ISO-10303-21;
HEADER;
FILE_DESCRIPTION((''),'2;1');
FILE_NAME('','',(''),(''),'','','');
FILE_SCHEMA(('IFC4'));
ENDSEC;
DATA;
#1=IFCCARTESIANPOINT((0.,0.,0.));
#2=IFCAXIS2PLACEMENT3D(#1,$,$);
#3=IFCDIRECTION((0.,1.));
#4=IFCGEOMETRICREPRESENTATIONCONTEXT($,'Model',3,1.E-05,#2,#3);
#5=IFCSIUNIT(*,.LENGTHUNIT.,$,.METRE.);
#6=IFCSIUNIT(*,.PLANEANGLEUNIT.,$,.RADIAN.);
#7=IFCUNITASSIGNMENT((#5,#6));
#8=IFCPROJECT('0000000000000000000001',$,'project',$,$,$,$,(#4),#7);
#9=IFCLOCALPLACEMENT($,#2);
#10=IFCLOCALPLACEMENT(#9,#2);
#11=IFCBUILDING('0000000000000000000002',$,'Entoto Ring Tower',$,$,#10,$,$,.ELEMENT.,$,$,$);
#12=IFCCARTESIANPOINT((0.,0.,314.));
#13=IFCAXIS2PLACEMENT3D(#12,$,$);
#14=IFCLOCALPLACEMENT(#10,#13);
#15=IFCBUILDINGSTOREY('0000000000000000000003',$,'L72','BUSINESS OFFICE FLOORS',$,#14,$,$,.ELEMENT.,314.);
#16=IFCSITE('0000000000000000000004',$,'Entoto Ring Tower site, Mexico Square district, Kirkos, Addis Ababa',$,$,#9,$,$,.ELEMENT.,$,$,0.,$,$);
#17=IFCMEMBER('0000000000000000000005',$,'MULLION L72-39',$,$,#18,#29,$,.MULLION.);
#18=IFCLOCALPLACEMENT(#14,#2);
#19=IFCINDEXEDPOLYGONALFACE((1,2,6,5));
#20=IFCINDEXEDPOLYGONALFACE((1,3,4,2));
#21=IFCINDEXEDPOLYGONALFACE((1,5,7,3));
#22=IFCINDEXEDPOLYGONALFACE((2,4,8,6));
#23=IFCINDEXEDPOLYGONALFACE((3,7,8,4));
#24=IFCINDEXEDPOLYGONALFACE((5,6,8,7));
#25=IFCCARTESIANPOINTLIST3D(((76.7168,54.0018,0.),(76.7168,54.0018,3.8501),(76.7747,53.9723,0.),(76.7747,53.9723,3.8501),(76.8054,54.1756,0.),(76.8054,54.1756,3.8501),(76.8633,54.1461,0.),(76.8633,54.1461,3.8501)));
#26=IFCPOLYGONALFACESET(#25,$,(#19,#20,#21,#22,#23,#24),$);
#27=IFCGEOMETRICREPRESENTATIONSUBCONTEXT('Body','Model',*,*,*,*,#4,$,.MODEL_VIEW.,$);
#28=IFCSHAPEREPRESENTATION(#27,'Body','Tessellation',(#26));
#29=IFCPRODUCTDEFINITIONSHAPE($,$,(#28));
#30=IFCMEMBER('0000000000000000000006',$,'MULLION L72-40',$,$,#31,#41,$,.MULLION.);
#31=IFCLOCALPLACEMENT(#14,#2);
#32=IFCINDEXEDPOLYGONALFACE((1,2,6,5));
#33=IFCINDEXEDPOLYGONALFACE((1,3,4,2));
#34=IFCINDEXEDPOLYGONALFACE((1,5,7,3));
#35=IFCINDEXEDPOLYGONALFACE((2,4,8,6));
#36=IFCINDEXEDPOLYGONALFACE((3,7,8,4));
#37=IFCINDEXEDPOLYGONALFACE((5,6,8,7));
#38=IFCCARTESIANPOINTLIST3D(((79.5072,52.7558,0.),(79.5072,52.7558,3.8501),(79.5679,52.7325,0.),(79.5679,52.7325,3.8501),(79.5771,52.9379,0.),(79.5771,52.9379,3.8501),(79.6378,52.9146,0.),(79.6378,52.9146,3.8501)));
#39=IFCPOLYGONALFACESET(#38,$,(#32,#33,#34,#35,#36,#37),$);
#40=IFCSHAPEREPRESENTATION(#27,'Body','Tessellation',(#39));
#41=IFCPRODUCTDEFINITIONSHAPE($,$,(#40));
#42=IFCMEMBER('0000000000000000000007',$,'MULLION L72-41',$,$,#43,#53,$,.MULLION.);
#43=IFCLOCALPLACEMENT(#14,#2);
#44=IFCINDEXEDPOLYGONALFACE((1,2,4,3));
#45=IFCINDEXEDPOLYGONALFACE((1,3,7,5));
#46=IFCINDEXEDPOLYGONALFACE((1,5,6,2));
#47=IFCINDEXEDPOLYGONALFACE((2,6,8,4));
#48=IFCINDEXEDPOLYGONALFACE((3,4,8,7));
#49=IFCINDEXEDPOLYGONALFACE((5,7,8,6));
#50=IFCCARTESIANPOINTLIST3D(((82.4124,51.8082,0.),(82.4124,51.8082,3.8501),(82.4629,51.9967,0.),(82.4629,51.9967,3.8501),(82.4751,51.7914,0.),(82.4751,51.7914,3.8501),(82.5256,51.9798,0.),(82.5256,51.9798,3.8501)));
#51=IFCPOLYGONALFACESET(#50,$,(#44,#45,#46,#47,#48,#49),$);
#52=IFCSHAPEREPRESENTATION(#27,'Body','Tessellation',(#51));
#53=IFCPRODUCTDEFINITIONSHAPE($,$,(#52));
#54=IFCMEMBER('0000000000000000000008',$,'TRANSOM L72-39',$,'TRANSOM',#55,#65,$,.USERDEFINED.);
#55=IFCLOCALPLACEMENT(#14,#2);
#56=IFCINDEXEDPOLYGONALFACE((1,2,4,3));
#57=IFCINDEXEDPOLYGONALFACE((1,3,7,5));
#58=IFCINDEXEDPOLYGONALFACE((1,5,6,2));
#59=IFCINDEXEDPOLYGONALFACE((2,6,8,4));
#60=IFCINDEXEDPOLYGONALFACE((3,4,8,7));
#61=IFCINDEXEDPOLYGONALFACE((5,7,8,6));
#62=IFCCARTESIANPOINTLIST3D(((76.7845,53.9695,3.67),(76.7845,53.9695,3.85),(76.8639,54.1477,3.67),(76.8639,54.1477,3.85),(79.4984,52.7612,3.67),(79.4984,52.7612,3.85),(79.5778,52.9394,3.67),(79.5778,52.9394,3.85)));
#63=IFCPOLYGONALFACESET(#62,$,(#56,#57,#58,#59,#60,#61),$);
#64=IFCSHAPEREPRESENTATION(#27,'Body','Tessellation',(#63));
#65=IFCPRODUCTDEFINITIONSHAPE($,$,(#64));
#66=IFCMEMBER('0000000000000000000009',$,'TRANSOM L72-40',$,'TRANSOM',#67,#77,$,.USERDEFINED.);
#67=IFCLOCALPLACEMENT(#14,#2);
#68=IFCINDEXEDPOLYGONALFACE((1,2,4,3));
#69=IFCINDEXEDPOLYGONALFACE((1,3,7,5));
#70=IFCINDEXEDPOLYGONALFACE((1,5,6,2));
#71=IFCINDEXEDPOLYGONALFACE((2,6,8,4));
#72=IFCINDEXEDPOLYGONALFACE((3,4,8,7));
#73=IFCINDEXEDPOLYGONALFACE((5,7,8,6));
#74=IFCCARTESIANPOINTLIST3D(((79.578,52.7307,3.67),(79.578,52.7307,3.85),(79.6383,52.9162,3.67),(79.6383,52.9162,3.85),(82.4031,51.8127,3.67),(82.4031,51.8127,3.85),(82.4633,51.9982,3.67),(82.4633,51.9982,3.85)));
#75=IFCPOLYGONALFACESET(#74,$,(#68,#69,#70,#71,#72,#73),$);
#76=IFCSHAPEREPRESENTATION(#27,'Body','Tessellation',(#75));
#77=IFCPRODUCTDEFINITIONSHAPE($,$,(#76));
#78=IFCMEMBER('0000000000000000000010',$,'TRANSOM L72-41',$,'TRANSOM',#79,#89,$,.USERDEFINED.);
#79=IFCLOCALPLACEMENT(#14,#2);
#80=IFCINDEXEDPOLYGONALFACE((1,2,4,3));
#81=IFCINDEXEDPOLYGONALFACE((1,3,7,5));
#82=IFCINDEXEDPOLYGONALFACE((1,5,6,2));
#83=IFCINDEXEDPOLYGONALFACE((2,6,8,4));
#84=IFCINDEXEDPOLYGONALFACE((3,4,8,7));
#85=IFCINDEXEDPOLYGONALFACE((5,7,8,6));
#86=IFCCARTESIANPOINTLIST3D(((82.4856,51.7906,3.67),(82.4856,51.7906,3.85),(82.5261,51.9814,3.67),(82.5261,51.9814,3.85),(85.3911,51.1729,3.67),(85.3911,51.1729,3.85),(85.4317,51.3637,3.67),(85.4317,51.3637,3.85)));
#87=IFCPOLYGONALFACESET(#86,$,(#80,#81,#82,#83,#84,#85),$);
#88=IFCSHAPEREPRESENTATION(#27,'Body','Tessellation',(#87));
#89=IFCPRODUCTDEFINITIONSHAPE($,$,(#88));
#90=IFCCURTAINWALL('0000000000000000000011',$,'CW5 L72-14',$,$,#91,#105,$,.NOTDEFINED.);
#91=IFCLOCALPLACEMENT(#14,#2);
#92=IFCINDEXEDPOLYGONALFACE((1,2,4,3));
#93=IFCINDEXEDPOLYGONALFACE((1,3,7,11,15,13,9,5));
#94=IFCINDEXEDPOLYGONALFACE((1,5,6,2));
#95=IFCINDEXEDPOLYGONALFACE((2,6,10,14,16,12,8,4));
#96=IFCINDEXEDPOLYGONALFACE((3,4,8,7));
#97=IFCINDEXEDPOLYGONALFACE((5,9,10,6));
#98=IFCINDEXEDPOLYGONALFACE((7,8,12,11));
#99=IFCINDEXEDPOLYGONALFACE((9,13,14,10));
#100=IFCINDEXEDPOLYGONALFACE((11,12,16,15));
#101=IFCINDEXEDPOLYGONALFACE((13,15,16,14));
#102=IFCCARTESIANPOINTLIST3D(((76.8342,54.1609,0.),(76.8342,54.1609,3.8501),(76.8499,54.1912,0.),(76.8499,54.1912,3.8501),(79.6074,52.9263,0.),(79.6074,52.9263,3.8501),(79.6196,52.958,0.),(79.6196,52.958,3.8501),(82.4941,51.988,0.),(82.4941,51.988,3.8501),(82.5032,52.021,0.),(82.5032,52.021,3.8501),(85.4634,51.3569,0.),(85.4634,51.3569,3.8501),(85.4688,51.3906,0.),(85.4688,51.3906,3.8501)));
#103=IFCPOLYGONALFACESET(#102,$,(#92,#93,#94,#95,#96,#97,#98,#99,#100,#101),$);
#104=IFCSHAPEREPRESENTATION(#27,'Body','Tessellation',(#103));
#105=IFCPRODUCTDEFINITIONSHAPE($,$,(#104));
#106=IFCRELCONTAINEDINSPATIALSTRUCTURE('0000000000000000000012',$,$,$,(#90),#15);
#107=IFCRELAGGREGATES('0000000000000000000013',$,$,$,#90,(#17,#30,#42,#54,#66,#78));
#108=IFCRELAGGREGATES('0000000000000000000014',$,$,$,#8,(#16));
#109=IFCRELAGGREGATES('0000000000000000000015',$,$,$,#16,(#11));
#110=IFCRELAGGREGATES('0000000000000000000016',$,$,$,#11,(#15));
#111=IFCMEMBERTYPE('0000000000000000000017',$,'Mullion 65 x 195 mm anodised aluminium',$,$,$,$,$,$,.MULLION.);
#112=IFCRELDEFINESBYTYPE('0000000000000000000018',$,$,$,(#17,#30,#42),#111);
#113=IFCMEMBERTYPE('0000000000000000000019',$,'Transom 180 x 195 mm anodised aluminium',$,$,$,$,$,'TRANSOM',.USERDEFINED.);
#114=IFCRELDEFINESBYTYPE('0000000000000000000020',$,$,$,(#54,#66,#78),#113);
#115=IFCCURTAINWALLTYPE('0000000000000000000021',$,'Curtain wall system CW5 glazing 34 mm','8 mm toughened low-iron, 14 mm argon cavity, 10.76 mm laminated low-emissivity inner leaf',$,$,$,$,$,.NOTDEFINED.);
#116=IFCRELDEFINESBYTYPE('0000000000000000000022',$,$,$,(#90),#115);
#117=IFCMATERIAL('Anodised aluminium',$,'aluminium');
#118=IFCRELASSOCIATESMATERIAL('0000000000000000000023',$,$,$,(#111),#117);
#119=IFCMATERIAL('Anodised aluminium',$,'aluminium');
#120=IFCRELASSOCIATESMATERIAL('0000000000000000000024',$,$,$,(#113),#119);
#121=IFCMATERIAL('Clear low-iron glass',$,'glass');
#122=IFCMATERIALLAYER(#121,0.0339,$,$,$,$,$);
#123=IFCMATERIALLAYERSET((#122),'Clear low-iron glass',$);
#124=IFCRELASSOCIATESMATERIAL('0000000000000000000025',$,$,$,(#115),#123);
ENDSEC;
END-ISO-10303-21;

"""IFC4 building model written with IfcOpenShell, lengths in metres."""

from ifc_helpers import new_model, si_unit, direction, frame, origin, origin_2d, place, context, subcontext, project, spatial, polyline, rectangle, outline, extrude, material, layer, layer_set, material_profile, profile_set, type_object, element, aggregate, save


model = new_model("IFC4")

# Units and contexts
model_context = context("Model", 3, precision=1e-05, world=origin(), true_north=direction((0.0, 1.0)))
body_context = subcontext(model_context, "Body", "Model", "MODEL_VIEW")
ifc_project = project(units=[si_unit("LENGTHUNIT", "METRE"), si_unit("PLANEANGLEUNIT", "RADIAN")], contexts=[model_context])

# Members
ifc_material_1 = material(Name="Anodised aluminium", Category="aluminium")
ifc_material_profile_1 = material_profile(ifc_material_1, rectangle(XDim=0.0649, YDim=0.1951, at=origin_2d()), Name="Mullion 65 x 195 mm anodised aluminium")
ifc_profile_set_1 = profile_set([ifc_material_profile_1], Name="Anodised aluminium")
member_type_1 = type_object("IfcMemberType", Name="Mullion 65 x 195 mm anodised aluminium", PredefinedType="MULLION", material=ifc_profile_set_1)
site_placement = place(None, origin())
building_placement = place(site_placement, origin())
storey_placement = place(building_placement, frame((0.0, 0.0, 314.0)))
member_1_placement = place(storey_placement, frame((76.79, 54.074, 0.0), z_axis=(0.0, 0.0, 1.0), x_axis=(0.891007, -0.45399, 0.0)))
member_1 = element("IfcMember", 1, at=member_1_placement, type_object=member_type_1, Name="MULLION L72-39", PredefinedType="MULLION", context=body_context, shape_type="SweptSolid", body=[
    extrude(rectangle(XDim=0.0649, YDim=0.1951, at=origin_2d()), origin(), (0.0, 0.0, 1.0), 3.8501),
])
member_2_placement = place(storey_placement, frame((79.5725, 52.8352, 0.0), z_axis=(0.0, 0.0, 1.0), x_axis=(0.93358, -0.358368, 0.0)))
member_2 = element("IfcMember", 2, at=member_2_placement, type_object=member_type_1, Name="MULLION L72-40", PredefinedType="MULLION", context=body_context, shape_type="SweptSolid", body=[
    extrude(rectangle(XDim=0.0649, YDim=0.1951, at=origin_2d()), origin(), (0.0, 0.0, 1.0), 3.8501),
])
member_3_placement = place(storey_placement, frame((82.469, 51.894, 0.0), z_axis=(0.0, 0.0, 1.0), x_axis=(0.965926, -0.258819, 0.0)))
member_3 = element("IfcMember", 3, at=member_3_placement, type_object=member_type_1, Name="MULLION L72-41", PredefinedType="MULLION", context=body_context, shape_type="SweptSolid", body=[
    extrude(rectangle(XDim=0.0649, YDim=0.1951, at=origin_2d()), origin(), (0.0, 0.0, 1.0), 3.8501),
])
ifc_material_2 = material(Name="Anodised aluminium", Category="aluminium")
ifc_material_profile_2 = material_profile(ifc_material_2, rectangle(XDim=0.1951, YDim=0.1799, at=origin_2d()), Name="Transom 180 x 195 mm anodised aluminium")
ifc_profile_set_2 = profile_set([ifc_material_profile_2], Name="Anodised aluminium")
member_type_2 = type_object("IfcMemberType", Name="Transom 180 x 195 mm anodised aluminium", ElementType="TRANSOM", PredefinedType="USERDEFINED", material=ifc_profile_set_2)
member_4_placement = place(storey_placement, frame((76.8242, 54.0586, 3.76), z_axis=(0.91355, -0.406726, 0.0), x_axis=(0.406726, 0.91355, 0.0)))
member_4 = element("IfcMember", 4, at=member_4_placement, type_object=member_type_2, Name="TRANSOM L72-39", ObjectType="TRANSOM", PredefinedType="USERDEFINED", context=body_context, shape_type="SweptSolid", body=[
    extrude(rectangle(XDim=0.1951, YDim=0.1799, at=origin_2d()), origin(), (0.0, 0.0, 1.0), 2.9707),
])
member_5_placement = place(storey_placement, frame((79.6082, 52.8235, 3.76), z_axis=(0.951048, -0.309043, 0.0), x_axis=(0.309043, 0.951048, 0.0)))
member_5 = element("IfcMember", 5, at=member_5_placement, type_object=member_type_2, Name="TRANSOM L72-40", ObjectType="TRANSOM", PredefinedType="USERDEFINED", context=body_context, shape_type="SweptSolid", body=[
    extrude(rectangle(XDim=0.1951, YDim=0.1799, at=origin_2d()), origin(), (0.0, 0.0, 1.0), 2.9705),
])
member_6_placement = place(storey_placement, frame((82.5059, 51.886, 3.76), z_axis=(0.978142, -0.20794, 0.0), x_axis=(0.20794, 0.978142, 0.0)))
member_6 = element("IfcMember", 6, at=member_6_placement, type_object=member_type_2, Name="TRANSOM L72-41", ObjectType="TRANSOM", PredefinedType="USERDEFINED", context=body_context, shape_type="SweptSolid", body=[
    extrude(rectangle(XDim=0.1951, YDim=0.1799, at=origin_2d()), origin(), (0.0, 0.0, 1.0), 2.9705),
])

# Site, building, storey
site = spatial("IfcSite", under=ifc_project, at=site_placement, Name="Entoto Ring Tower site, Mexico Square district, Kirkos, Addis Ababa", CompositionType="ELEMENT", RefElevation=0.0)
building = spatial("IfcBuilding", under=site, at=building_placement, Name="Entoto Ring Tower", CompositionType="ELEMENT")
storey = spatial("IfcBuildingStorey", under=building, at=storey_placement, Name="L72", Description="BUSINESS OFFICE FLOORS", CompositionType="ELEMENT", Elevation=314.0)

# Curtain wall
ifc_material_3 = material(Name="Clear low-iron glass", Category="glass")
ifc_layer = layer(ifc_material_3, 0.0339)
ifc_layer_set = layer_set([ifc_layer], Name="Clear low-iron glass")
curtain_wall_type = type_object("IfcCurtainWallType", Name="Curtain wall system CW5 glazing 34 mm", Description="8 mm toughened low-iron, 14 mm argon cavity, 10.76 mm laminated low-emissivity inner leaf", PredefinedType="NOTDEFINED", material=ifc_layer_set)
curtain_wall_1_placement = place(storey_placement, origin())
curtain_wall_1 = element("IfcCurtainWall", 7, at=curtain_wall_1_placement, inside=storey, type_object=curtain_wall_type, Name="CW5 L72-14", PredefinedType="NOTDEFINED", context=body_context, shape_type="SweptSolid", body=[
    extrude(outline(polyline([(76.8342, 54.1609), (79.6074, 52.9263), (82.4941, 51.988), (85.4634, 51.3569), (85.4688, 51.3906), (82.5032, 52.021), (79.6196, 52.958), (76.8499, 54.1912), (76.8342, 54.1609)])), origin(), (0.0, 0.0, 1.0), 3.8501),
])
aggregate(curtain_wall_1, [member_1, member_2, member_3, member_4, member_5, member_6])

save(model, "model.ifc")
